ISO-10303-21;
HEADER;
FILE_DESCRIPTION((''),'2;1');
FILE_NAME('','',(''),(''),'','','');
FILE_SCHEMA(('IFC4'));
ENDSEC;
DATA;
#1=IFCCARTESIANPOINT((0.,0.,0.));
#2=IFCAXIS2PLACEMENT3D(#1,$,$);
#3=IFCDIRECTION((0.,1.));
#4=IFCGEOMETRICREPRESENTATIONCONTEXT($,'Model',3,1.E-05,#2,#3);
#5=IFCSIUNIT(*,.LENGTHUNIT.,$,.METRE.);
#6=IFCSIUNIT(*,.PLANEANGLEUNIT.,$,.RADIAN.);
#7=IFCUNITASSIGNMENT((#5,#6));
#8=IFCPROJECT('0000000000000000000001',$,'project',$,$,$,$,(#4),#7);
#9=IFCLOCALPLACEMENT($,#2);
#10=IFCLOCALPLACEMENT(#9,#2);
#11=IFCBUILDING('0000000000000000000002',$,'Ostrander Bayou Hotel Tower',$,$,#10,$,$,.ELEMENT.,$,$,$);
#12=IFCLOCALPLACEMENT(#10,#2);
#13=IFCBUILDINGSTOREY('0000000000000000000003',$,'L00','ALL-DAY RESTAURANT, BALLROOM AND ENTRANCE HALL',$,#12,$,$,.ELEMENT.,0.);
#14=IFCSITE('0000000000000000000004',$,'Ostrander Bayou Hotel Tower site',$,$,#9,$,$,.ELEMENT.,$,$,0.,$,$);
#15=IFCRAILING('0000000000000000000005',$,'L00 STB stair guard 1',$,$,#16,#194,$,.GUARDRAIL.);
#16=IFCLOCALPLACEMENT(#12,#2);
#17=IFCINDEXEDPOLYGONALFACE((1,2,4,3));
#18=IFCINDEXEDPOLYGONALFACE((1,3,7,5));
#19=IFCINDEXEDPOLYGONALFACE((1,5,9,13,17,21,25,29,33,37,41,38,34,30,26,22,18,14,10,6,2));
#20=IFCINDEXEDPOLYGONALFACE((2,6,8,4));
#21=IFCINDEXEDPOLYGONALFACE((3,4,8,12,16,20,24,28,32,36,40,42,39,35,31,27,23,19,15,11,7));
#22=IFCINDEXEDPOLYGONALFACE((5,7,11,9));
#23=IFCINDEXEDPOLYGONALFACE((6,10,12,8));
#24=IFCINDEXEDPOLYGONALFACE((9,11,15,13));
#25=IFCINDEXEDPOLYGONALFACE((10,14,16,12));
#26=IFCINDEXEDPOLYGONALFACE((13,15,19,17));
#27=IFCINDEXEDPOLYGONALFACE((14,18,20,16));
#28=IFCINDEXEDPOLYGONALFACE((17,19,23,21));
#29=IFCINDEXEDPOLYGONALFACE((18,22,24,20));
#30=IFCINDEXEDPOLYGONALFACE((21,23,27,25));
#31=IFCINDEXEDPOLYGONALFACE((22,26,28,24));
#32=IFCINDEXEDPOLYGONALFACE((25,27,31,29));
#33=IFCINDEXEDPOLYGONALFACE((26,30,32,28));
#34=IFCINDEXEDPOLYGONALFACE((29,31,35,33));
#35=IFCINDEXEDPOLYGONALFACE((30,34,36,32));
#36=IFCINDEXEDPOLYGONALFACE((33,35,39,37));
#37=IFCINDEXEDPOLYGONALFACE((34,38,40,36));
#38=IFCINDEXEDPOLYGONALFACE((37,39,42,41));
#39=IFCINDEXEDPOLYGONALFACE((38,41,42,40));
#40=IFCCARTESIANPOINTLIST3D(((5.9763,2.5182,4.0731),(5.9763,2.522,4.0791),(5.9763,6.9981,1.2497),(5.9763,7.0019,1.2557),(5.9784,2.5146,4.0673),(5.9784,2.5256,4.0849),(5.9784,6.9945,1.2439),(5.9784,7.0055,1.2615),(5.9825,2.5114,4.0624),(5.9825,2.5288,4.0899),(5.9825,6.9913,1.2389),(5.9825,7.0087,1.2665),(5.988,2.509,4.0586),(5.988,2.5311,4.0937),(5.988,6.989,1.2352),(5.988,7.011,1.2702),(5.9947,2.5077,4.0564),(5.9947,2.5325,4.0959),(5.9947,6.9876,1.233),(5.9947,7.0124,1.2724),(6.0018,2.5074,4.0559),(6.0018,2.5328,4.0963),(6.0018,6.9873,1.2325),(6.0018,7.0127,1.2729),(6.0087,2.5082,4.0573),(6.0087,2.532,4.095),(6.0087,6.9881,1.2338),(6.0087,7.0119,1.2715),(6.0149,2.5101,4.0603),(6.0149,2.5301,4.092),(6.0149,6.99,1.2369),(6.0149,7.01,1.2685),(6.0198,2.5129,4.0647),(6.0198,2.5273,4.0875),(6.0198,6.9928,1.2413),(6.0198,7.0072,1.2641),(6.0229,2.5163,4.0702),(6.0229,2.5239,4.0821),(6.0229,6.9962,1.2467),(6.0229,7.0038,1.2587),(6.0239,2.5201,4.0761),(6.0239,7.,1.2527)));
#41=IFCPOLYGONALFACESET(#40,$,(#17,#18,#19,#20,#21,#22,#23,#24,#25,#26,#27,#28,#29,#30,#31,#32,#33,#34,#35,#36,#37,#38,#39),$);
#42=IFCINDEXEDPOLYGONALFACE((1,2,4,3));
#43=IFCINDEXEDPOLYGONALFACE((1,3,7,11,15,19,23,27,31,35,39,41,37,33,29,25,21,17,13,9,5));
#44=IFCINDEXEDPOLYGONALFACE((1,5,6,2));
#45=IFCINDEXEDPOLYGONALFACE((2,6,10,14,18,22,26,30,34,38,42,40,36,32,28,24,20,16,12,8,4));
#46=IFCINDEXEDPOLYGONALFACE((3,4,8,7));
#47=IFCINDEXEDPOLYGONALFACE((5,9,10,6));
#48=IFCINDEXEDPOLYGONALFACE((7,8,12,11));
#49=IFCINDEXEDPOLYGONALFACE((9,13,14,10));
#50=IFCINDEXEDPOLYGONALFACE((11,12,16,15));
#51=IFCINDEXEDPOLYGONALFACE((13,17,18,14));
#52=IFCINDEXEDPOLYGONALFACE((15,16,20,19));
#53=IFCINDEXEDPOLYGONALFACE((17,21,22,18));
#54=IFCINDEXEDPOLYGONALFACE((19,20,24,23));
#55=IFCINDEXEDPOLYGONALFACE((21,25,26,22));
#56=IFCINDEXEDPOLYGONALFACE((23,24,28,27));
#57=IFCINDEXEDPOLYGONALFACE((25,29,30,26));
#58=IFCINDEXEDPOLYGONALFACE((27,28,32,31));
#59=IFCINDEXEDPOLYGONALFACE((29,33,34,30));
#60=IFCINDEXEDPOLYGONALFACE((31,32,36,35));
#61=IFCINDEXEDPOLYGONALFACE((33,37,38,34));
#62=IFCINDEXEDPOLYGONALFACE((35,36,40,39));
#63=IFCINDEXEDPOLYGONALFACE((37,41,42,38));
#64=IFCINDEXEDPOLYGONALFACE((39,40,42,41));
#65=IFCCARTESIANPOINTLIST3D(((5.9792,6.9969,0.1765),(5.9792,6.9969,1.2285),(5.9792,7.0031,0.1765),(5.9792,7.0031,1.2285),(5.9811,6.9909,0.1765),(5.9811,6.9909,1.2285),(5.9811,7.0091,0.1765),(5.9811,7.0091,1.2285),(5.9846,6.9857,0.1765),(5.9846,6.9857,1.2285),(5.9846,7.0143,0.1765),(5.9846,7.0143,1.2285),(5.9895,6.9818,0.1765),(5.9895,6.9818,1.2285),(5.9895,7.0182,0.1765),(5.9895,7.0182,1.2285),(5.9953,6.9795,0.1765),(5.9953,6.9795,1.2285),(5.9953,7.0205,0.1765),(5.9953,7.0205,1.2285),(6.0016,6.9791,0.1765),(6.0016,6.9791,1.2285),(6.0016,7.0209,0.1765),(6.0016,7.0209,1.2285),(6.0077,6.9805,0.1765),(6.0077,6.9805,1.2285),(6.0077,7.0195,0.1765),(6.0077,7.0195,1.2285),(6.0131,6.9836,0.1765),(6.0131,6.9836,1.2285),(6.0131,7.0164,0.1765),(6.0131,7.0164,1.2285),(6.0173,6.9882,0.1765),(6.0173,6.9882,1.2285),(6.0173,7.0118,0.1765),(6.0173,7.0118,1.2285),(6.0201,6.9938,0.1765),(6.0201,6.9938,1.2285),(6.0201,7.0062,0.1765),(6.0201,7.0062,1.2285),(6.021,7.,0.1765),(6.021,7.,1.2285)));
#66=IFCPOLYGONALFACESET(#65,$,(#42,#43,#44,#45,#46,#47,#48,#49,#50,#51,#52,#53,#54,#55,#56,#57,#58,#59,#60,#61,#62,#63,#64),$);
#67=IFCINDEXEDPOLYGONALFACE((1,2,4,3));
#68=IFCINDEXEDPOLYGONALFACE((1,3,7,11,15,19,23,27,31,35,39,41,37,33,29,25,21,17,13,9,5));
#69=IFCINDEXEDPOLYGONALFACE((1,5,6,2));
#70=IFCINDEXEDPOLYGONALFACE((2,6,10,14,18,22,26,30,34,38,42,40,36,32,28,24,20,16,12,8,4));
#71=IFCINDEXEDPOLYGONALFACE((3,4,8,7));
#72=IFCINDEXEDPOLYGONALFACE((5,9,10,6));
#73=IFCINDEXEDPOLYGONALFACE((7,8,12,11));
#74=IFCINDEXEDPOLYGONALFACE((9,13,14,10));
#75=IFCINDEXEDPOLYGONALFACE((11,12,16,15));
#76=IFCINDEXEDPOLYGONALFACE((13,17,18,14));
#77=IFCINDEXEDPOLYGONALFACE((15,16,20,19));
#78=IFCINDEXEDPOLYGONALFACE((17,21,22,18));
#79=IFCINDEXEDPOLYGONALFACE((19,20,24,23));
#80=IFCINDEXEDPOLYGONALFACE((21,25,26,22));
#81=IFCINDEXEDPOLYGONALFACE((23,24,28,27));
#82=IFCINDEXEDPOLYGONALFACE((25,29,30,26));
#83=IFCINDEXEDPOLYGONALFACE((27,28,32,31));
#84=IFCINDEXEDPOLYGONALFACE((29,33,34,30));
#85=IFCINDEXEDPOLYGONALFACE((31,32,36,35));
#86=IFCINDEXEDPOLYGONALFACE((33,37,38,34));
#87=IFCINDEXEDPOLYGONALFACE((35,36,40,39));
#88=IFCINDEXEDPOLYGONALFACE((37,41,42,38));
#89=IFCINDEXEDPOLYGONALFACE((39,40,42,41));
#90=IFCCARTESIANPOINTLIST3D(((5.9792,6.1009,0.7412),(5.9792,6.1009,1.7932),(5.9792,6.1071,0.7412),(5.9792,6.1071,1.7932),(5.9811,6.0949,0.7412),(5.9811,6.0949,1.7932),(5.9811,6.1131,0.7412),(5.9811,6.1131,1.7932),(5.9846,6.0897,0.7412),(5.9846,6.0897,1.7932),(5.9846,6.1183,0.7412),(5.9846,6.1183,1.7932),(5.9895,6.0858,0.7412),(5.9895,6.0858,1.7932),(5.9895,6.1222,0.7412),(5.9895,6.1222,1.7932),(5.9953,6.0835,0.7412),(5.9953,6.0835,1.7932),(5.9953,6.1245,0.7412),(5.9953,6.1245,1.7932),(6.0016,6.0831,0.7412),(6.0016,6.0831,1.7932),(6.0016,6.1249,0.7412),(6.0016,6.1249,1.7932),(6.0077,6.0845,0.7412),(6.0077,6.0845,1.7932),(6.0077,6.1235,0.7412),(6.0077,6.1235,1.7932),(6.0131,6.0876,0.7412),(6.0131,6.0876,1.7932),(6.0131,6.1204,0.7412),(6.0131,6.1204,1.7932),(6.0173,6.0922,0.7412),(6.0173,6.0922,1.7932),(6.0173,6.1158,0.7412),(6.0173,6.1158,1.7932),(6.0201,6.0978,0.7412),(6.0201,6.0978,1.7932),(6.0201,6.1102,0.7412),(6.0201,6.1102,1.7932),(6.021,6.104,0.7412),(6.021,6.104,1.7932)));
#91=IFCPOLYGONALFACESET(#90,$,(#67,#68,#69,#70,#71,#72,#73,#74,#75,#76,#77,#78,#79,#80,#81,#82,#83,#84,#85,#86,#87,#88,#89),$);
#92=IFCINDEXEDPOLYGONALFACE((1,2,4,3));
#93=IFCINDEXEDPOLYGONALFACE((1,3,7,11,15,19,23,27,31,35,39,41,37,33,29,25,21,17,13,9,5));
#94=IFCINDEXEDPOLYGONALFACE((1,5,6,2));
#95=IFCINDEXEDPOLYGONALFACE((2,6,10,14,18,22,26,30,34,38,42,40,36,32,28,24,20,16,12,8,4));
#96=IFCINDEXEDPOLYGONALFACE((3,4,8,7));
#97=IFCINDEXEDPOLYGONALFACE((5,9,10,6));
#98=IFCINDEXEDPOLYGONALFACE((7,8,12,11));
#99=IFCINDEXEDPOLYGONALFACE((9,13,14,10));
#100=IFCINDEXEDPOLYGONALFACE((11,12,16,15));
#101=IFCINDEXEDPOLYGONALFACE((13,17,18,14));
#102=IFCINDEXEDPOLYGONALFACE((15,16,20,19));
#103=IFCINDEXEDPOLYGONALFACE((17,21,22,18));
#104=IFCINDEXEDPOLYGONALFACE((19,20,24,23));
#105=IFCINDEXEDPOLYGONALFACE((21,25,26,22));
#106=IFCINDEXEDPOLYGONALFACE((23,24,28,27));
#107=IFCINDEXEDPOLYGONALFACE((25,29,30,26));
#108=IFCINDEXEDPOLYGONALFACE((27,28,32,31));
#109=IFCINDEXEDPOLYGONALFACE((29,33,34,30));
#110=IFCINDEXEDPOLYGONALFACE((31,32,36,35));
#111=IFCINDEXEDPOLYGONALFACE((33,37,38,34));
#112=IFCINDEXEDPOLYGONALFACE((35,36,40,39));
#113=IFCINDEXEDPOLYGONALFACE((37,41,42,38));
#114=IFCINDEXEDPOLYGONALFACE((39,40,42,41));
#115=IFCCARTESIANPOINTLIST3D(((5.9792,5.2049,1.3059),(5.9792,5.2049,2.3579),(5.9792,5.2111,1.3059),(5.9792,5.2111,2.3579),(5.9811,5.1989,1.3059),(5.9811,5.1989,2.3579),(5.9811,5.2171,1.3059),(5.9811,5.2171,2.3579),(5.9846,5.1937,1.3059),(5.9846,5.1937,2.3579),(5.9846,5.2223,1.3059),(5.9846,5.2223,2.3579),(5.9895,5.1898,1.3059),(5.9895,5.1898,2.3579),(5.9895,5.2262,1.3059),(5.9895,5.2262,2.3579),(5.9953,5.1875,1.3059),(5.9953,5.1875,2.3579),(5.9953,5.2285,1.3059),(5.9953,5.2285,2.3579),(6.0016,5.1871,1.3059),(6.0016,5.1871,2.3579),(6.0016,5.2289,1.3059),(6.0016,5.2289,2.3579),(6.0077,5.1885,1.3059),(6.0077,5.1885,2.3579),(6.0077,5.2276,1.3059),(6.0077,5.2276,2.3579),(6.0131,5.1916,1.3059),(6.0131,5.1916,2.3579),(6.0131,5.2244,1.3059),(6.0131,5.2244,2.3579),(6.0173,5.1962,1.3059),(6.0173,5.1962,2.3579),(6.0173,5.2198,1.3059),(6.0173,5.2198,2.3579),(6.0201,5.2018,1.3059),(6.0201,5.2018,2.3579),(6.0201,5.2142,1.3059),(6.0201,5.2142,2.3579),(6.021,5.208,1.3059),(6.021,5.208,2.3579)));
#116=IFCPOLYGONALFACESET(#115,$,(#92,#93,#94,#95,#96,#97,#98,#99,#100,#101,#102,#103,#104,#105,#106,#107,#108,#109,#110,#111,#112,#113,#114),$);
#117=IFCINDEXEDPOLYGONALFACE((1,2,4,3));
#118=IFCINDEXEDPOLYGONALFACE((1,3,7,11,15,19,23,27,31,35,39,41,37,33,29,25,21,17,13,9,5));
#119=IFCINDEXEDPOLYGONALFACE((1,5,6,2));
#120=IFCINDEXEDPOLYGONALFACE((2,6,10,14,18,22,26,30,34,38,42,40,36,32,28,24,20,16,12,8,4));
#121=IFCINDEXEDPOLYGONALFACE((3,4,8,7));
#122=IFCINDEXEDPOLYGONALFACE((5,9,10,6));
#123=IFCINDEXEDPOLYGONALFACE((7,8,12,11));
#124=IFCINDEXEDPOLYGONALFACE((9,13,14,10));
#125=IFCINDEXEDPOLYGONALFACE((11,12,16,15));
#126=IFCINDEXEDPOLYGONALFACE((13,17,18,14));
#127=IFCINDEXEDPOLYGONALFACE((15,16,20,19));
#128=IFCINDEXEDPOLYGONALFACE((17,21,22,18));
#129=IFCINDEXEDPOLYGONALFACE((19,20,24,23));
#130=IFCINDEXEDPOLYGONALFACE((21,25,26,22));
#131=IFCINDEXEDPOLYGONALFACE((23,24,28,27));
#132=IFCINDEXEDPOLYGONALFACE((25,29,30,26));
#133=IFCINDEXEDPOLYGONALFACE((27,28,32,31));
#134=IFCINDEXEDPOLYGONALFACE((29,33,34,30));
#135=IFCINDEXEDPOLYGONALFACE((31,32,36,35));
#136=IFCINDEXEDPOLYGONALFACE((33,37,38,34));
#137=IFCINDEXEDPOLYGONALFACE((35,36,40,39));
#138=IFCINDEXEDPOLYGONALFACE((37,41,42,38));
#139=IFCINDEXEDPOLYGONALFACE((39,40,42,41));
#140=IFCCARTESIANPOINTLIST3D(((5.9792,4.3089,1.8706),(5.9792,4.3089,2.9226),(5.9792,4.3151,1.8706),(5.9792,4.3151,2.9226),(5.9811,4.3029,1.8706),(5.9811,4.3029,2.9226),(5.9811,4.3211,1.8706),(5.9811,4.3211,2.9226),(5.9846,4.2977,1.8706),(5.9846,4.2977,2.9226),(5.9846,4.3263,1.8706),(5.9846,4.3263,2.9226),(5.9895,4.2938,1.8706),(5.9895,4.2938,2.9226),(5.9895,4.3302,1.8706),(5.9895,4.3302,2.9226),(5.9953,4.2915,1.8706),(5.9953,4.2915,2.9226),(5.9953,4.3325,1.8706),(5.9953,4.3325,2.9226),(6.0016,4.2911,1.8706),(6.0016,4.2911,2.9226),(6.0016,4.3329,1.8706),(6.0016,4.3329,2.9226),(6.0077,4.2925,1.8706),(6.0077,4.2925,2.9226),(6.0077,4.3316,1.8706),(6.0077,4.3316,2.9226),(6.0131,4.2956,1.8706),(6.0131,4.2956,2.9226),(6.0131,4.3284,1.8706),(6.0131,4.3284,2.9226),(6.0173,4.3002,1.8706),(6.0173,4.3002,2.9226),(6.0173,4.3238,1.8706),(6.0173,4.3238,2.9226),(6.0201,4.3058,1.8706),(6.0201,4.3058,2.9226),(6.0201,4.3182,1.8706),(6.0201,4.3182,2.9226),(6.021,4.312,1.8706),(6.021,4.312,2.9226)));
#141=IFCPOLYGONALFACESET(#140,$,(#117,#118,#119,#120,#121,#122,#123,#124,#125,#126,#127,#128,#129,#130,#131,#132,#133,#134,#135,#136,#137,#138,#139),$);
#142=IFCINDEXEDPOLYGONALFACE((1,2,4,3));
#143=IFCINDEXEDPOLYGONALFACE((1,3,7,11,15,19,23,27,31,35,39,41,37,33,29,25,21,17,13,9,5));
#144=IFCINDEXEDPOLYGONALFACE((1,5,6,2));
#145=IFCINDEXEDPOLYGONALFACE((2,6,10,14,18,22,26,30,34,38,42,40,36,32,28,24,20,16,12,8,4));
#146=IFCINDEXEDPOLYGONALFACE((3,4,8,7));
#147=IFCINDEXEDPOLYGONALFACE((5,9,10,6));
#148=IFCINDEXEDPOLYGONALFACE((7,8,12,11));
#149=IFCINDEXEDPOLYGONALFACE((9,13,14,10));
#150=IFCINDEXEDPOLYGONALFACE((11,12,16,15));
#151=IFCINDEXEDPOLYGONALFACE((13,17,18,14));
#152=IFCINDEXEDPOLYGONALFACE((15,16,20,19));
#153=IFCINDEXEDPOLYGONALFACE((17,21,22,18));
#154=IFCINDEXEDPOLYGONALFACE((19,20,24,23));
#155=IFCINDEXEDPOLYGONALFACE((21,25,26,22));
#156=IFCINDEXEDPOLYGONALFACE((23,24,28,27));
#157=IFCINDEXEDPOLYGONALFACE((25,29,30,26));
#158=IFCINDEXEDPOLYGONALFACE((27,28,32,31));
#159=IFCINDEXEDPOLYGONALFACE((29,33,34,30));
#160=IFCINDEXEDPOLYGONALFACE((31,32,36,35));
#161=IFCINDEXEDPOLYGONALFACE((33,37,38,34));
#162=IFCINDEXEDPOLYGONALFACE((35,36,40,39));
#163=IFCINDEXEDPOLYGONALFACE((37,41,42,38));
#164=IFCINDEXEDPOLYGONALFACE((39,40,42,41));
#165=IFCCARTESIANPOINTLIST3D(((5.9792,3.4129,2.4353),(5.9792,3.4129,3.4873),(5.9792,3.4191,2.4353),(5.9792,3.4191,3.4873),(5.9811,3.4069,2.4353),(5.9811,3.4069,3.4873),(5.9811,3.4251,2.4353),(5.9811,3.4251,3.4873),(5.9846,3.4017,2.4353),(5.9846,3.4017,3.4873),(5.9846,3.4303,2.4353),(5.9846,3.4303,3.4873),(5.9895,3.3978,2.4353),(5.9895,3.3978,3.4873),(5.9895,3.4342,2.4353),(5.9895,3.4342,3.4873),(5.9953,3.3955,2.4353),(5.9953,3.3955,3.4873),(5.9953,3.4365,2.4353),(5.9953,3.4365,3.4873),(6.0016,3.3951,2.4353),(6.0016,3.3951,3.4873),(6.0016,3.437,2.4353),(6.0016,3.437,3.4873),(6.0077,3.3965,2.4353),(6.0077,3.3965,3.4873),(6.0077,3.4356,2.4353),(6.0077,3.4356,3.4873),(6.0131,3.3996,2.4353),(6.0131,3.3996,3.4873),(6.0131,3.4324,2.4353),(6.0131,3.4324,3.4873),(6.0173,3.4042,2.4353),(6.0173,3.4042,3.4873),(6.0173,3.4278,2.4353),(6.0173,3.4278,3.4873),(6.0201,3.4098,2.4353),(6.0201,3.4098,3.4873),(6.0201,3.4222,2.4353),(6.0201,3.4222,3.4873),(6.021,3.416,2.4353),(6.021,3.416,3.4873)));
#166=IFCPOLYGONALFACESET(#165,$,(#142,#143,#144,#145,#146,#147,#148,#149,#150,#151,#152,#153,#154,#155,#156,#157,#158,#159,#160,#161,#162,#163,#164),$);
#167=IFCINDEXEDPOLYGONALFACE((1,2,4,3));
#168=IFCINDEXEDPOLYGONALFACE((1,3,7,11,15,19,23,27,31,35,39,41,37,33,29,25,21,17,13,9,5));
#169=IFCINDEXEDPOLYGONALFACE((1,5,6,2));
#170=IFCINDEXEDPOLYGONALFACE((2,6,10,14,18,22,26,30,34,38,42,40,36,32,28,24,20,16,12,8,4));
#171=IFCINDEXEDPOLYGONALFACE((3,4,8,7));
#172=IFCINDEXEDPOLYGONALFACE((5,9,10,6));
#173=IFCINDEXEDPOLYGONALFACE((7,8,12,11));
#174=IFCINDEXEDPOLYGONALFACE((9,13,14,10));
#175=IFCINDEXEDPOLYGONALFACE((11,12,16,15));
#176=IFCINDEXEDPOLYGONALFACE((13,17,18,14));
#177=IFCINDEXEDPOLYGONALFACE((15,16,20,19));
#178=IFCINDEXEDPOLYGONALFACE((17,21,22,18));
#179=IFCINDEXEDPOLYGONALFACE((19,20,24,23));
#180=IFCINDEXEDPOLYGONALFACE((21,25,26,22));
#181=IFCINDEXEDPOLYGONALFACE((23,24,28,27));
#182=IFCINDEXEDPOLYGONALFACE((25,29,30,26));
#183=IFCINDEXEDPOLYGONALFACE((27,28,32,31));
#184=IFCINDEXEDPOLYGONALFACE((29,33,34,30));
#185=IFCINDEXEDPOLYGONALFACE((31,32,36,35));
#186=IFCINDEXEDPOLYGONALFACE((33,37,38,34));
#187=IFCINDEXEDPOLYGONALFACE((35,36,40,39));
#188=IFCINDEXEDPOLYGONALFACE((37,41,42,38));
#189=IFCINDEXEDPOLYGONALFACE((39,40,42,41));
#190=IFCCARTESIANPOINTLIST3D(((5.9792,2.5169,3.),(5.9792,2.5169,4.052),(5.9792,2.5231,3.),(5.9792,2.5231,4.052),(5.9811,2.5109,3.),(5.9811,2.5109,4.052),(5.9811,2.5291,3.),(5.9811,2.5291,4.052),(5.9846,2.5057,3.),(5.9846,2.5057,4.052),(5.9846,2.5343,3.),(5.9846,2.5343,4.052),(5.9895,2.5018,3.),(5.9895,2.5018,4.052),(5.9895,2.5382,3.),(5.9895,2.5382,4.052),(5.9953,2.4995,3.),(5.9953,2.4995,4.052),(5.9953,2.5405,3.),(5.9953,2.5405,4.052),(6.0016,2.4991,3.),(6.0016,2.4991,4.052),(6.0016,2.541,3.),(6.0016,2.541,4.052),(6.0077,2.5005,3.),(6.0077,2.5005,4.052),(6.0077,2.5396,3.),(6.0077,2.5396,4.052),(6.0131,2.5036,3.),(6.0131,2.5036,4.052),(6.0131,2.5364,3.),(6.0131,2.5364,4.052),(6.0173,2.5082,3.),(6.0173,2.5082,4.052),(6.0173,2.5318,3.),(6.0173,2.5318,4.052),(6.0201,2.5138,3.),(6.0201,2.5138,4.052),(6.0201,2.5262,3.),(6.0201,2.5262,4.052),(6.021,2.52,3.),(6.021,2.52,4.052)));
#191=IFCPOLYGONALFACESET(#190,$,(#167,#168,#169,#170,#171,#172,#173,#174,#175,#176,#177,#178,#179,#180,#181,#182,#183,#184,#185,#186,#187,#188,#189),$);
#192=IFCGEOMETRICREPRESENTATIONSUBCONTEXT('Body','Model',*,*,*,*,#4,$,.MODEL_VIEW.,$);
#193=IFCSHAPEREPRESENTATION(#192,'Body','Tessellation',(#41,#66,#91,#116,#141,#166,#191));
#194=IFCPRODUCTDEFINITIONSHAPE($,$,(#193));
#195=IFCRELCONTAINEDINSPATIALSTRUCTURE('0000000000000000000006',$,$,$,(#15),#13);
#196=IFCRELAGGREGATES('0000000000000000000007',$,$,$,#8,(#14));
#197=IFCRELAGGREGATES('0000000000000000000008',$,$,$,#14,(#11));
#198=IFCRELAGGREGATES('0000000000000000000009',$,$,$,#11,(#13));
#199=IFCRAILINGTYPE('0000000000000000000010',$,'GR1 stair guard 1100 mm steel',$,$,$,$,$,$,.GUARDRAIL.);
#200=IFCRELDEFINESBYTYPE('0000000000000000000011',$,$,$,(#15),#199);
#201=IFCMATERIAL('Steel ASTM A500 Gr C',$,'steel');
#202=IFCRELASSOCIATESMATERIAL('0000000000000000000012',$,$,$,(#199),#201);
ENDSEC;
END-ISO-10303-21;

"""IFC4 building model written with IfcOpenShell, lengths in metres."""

from ifc_helpers import new_model, si_unit, direction, frame, origin, origin_2d, place, context, subcontext, project, spatial, circle, extrude, material, type_object, element, save


model = new_model("IFC4")

# Units and contexts
model_context = context("Model", 3, precision=1e-05, world=origin(), true_north=direction((0.0, 1.0)))
body_context = subcontext(model_context, "Body", "Model", "MODEL_VIEW")
ifc_project = project(units=[si_unit("LENGTHUNIT", "METRE"), si_unit("PLANEANGLEUNIT", "RADIAN")], contexts=[model_context])

# Site, building, storey
site_placement = place(None, origin())
site = spatial("IfcSite", under=ifc_project, at=site_placement, Name="Ostrander Bayou Hotel Tower site", CompositionType="ELEMENT", RefElevation=0.0)
building_placement = place(site_placement, origin())
building = spatial("IfcBuilding", under=site, at=building_placement, Name="Ostrander Bayou Hotel Tower", CompositionType="ELEMENT")
storey_placement = place(building_placement, origin())
storey = spatial("IfcBuildingStorey", under=building, at=storey_placement, Name="L00", Description="ALL-DAY RESTAURANT, BALLROOM AND ENTRANCE HALL", CompositionType="ELEMENT", Elevation=0.0)

# Railing
ifc_material_1 = material(Name="Steel ASTM A500 Gr C", Category="steel")
railing_type_1 = type_object("IfcRailingType", Name="GR1 stair guard 1100 mm steel", PredefinedType="GUARDRAIL", material=ifc_material_1)
railing_1_placement = place(storey_placement, frame((6.0, 7.0, 0.1765)))
element("IfcRailing", 1, at=railing_1_placement, inside=storey, type_object=railing_type_1, Name="L00 STB stair guard 1", PredefinedType="GUARDRAIL", context=body_context, shape_type="SweptSolid", body=[
    extrude(circle(Radius=0.0239, at=origin_2d()), frame((0.0, 0.0, 1.0762), z_axis=(0.0, -0.845998, 0.533186), x_axis=(1.0, 0.0, 0.0)), (0.0, 0.0, 1.0), 5.2954),
    extrude(circle(Radius=0.021, at=origin_2d()), origin(), (0.0, 0.0, 1.0), 1.052),
    extrude(circle(Radius=0.021, at=origin_2d()), frame((0.0, -0.896, 0.5647)), (0.0, 0.0, 1.0), 1.052),
    extrude(circle(Radius=0.021, at=origin_2d()), frame((0.0, -1.792, 1.1294)), (0.0, 0.0, 1.0), 1.052),
    extrude(circle(Radius=0.021, at=origin_2d()), frame((0.0, -2.688, 1.6941)), (0.0, 0.0, 1.0), 1.052),
    extrude(circle(Radius=0.021, at=origin_2d()), frame((0.0, -3.584, 2.2588)), (0.0, 0.0, 1.0), 1.052),
    extrude(circle(Radius=0.021, at=origin_2d()), frame((0.0, -4.48, 2.8235)), (0.0, 0.0, 1.0), 1.052),
])

save(model, "model.ifc")
